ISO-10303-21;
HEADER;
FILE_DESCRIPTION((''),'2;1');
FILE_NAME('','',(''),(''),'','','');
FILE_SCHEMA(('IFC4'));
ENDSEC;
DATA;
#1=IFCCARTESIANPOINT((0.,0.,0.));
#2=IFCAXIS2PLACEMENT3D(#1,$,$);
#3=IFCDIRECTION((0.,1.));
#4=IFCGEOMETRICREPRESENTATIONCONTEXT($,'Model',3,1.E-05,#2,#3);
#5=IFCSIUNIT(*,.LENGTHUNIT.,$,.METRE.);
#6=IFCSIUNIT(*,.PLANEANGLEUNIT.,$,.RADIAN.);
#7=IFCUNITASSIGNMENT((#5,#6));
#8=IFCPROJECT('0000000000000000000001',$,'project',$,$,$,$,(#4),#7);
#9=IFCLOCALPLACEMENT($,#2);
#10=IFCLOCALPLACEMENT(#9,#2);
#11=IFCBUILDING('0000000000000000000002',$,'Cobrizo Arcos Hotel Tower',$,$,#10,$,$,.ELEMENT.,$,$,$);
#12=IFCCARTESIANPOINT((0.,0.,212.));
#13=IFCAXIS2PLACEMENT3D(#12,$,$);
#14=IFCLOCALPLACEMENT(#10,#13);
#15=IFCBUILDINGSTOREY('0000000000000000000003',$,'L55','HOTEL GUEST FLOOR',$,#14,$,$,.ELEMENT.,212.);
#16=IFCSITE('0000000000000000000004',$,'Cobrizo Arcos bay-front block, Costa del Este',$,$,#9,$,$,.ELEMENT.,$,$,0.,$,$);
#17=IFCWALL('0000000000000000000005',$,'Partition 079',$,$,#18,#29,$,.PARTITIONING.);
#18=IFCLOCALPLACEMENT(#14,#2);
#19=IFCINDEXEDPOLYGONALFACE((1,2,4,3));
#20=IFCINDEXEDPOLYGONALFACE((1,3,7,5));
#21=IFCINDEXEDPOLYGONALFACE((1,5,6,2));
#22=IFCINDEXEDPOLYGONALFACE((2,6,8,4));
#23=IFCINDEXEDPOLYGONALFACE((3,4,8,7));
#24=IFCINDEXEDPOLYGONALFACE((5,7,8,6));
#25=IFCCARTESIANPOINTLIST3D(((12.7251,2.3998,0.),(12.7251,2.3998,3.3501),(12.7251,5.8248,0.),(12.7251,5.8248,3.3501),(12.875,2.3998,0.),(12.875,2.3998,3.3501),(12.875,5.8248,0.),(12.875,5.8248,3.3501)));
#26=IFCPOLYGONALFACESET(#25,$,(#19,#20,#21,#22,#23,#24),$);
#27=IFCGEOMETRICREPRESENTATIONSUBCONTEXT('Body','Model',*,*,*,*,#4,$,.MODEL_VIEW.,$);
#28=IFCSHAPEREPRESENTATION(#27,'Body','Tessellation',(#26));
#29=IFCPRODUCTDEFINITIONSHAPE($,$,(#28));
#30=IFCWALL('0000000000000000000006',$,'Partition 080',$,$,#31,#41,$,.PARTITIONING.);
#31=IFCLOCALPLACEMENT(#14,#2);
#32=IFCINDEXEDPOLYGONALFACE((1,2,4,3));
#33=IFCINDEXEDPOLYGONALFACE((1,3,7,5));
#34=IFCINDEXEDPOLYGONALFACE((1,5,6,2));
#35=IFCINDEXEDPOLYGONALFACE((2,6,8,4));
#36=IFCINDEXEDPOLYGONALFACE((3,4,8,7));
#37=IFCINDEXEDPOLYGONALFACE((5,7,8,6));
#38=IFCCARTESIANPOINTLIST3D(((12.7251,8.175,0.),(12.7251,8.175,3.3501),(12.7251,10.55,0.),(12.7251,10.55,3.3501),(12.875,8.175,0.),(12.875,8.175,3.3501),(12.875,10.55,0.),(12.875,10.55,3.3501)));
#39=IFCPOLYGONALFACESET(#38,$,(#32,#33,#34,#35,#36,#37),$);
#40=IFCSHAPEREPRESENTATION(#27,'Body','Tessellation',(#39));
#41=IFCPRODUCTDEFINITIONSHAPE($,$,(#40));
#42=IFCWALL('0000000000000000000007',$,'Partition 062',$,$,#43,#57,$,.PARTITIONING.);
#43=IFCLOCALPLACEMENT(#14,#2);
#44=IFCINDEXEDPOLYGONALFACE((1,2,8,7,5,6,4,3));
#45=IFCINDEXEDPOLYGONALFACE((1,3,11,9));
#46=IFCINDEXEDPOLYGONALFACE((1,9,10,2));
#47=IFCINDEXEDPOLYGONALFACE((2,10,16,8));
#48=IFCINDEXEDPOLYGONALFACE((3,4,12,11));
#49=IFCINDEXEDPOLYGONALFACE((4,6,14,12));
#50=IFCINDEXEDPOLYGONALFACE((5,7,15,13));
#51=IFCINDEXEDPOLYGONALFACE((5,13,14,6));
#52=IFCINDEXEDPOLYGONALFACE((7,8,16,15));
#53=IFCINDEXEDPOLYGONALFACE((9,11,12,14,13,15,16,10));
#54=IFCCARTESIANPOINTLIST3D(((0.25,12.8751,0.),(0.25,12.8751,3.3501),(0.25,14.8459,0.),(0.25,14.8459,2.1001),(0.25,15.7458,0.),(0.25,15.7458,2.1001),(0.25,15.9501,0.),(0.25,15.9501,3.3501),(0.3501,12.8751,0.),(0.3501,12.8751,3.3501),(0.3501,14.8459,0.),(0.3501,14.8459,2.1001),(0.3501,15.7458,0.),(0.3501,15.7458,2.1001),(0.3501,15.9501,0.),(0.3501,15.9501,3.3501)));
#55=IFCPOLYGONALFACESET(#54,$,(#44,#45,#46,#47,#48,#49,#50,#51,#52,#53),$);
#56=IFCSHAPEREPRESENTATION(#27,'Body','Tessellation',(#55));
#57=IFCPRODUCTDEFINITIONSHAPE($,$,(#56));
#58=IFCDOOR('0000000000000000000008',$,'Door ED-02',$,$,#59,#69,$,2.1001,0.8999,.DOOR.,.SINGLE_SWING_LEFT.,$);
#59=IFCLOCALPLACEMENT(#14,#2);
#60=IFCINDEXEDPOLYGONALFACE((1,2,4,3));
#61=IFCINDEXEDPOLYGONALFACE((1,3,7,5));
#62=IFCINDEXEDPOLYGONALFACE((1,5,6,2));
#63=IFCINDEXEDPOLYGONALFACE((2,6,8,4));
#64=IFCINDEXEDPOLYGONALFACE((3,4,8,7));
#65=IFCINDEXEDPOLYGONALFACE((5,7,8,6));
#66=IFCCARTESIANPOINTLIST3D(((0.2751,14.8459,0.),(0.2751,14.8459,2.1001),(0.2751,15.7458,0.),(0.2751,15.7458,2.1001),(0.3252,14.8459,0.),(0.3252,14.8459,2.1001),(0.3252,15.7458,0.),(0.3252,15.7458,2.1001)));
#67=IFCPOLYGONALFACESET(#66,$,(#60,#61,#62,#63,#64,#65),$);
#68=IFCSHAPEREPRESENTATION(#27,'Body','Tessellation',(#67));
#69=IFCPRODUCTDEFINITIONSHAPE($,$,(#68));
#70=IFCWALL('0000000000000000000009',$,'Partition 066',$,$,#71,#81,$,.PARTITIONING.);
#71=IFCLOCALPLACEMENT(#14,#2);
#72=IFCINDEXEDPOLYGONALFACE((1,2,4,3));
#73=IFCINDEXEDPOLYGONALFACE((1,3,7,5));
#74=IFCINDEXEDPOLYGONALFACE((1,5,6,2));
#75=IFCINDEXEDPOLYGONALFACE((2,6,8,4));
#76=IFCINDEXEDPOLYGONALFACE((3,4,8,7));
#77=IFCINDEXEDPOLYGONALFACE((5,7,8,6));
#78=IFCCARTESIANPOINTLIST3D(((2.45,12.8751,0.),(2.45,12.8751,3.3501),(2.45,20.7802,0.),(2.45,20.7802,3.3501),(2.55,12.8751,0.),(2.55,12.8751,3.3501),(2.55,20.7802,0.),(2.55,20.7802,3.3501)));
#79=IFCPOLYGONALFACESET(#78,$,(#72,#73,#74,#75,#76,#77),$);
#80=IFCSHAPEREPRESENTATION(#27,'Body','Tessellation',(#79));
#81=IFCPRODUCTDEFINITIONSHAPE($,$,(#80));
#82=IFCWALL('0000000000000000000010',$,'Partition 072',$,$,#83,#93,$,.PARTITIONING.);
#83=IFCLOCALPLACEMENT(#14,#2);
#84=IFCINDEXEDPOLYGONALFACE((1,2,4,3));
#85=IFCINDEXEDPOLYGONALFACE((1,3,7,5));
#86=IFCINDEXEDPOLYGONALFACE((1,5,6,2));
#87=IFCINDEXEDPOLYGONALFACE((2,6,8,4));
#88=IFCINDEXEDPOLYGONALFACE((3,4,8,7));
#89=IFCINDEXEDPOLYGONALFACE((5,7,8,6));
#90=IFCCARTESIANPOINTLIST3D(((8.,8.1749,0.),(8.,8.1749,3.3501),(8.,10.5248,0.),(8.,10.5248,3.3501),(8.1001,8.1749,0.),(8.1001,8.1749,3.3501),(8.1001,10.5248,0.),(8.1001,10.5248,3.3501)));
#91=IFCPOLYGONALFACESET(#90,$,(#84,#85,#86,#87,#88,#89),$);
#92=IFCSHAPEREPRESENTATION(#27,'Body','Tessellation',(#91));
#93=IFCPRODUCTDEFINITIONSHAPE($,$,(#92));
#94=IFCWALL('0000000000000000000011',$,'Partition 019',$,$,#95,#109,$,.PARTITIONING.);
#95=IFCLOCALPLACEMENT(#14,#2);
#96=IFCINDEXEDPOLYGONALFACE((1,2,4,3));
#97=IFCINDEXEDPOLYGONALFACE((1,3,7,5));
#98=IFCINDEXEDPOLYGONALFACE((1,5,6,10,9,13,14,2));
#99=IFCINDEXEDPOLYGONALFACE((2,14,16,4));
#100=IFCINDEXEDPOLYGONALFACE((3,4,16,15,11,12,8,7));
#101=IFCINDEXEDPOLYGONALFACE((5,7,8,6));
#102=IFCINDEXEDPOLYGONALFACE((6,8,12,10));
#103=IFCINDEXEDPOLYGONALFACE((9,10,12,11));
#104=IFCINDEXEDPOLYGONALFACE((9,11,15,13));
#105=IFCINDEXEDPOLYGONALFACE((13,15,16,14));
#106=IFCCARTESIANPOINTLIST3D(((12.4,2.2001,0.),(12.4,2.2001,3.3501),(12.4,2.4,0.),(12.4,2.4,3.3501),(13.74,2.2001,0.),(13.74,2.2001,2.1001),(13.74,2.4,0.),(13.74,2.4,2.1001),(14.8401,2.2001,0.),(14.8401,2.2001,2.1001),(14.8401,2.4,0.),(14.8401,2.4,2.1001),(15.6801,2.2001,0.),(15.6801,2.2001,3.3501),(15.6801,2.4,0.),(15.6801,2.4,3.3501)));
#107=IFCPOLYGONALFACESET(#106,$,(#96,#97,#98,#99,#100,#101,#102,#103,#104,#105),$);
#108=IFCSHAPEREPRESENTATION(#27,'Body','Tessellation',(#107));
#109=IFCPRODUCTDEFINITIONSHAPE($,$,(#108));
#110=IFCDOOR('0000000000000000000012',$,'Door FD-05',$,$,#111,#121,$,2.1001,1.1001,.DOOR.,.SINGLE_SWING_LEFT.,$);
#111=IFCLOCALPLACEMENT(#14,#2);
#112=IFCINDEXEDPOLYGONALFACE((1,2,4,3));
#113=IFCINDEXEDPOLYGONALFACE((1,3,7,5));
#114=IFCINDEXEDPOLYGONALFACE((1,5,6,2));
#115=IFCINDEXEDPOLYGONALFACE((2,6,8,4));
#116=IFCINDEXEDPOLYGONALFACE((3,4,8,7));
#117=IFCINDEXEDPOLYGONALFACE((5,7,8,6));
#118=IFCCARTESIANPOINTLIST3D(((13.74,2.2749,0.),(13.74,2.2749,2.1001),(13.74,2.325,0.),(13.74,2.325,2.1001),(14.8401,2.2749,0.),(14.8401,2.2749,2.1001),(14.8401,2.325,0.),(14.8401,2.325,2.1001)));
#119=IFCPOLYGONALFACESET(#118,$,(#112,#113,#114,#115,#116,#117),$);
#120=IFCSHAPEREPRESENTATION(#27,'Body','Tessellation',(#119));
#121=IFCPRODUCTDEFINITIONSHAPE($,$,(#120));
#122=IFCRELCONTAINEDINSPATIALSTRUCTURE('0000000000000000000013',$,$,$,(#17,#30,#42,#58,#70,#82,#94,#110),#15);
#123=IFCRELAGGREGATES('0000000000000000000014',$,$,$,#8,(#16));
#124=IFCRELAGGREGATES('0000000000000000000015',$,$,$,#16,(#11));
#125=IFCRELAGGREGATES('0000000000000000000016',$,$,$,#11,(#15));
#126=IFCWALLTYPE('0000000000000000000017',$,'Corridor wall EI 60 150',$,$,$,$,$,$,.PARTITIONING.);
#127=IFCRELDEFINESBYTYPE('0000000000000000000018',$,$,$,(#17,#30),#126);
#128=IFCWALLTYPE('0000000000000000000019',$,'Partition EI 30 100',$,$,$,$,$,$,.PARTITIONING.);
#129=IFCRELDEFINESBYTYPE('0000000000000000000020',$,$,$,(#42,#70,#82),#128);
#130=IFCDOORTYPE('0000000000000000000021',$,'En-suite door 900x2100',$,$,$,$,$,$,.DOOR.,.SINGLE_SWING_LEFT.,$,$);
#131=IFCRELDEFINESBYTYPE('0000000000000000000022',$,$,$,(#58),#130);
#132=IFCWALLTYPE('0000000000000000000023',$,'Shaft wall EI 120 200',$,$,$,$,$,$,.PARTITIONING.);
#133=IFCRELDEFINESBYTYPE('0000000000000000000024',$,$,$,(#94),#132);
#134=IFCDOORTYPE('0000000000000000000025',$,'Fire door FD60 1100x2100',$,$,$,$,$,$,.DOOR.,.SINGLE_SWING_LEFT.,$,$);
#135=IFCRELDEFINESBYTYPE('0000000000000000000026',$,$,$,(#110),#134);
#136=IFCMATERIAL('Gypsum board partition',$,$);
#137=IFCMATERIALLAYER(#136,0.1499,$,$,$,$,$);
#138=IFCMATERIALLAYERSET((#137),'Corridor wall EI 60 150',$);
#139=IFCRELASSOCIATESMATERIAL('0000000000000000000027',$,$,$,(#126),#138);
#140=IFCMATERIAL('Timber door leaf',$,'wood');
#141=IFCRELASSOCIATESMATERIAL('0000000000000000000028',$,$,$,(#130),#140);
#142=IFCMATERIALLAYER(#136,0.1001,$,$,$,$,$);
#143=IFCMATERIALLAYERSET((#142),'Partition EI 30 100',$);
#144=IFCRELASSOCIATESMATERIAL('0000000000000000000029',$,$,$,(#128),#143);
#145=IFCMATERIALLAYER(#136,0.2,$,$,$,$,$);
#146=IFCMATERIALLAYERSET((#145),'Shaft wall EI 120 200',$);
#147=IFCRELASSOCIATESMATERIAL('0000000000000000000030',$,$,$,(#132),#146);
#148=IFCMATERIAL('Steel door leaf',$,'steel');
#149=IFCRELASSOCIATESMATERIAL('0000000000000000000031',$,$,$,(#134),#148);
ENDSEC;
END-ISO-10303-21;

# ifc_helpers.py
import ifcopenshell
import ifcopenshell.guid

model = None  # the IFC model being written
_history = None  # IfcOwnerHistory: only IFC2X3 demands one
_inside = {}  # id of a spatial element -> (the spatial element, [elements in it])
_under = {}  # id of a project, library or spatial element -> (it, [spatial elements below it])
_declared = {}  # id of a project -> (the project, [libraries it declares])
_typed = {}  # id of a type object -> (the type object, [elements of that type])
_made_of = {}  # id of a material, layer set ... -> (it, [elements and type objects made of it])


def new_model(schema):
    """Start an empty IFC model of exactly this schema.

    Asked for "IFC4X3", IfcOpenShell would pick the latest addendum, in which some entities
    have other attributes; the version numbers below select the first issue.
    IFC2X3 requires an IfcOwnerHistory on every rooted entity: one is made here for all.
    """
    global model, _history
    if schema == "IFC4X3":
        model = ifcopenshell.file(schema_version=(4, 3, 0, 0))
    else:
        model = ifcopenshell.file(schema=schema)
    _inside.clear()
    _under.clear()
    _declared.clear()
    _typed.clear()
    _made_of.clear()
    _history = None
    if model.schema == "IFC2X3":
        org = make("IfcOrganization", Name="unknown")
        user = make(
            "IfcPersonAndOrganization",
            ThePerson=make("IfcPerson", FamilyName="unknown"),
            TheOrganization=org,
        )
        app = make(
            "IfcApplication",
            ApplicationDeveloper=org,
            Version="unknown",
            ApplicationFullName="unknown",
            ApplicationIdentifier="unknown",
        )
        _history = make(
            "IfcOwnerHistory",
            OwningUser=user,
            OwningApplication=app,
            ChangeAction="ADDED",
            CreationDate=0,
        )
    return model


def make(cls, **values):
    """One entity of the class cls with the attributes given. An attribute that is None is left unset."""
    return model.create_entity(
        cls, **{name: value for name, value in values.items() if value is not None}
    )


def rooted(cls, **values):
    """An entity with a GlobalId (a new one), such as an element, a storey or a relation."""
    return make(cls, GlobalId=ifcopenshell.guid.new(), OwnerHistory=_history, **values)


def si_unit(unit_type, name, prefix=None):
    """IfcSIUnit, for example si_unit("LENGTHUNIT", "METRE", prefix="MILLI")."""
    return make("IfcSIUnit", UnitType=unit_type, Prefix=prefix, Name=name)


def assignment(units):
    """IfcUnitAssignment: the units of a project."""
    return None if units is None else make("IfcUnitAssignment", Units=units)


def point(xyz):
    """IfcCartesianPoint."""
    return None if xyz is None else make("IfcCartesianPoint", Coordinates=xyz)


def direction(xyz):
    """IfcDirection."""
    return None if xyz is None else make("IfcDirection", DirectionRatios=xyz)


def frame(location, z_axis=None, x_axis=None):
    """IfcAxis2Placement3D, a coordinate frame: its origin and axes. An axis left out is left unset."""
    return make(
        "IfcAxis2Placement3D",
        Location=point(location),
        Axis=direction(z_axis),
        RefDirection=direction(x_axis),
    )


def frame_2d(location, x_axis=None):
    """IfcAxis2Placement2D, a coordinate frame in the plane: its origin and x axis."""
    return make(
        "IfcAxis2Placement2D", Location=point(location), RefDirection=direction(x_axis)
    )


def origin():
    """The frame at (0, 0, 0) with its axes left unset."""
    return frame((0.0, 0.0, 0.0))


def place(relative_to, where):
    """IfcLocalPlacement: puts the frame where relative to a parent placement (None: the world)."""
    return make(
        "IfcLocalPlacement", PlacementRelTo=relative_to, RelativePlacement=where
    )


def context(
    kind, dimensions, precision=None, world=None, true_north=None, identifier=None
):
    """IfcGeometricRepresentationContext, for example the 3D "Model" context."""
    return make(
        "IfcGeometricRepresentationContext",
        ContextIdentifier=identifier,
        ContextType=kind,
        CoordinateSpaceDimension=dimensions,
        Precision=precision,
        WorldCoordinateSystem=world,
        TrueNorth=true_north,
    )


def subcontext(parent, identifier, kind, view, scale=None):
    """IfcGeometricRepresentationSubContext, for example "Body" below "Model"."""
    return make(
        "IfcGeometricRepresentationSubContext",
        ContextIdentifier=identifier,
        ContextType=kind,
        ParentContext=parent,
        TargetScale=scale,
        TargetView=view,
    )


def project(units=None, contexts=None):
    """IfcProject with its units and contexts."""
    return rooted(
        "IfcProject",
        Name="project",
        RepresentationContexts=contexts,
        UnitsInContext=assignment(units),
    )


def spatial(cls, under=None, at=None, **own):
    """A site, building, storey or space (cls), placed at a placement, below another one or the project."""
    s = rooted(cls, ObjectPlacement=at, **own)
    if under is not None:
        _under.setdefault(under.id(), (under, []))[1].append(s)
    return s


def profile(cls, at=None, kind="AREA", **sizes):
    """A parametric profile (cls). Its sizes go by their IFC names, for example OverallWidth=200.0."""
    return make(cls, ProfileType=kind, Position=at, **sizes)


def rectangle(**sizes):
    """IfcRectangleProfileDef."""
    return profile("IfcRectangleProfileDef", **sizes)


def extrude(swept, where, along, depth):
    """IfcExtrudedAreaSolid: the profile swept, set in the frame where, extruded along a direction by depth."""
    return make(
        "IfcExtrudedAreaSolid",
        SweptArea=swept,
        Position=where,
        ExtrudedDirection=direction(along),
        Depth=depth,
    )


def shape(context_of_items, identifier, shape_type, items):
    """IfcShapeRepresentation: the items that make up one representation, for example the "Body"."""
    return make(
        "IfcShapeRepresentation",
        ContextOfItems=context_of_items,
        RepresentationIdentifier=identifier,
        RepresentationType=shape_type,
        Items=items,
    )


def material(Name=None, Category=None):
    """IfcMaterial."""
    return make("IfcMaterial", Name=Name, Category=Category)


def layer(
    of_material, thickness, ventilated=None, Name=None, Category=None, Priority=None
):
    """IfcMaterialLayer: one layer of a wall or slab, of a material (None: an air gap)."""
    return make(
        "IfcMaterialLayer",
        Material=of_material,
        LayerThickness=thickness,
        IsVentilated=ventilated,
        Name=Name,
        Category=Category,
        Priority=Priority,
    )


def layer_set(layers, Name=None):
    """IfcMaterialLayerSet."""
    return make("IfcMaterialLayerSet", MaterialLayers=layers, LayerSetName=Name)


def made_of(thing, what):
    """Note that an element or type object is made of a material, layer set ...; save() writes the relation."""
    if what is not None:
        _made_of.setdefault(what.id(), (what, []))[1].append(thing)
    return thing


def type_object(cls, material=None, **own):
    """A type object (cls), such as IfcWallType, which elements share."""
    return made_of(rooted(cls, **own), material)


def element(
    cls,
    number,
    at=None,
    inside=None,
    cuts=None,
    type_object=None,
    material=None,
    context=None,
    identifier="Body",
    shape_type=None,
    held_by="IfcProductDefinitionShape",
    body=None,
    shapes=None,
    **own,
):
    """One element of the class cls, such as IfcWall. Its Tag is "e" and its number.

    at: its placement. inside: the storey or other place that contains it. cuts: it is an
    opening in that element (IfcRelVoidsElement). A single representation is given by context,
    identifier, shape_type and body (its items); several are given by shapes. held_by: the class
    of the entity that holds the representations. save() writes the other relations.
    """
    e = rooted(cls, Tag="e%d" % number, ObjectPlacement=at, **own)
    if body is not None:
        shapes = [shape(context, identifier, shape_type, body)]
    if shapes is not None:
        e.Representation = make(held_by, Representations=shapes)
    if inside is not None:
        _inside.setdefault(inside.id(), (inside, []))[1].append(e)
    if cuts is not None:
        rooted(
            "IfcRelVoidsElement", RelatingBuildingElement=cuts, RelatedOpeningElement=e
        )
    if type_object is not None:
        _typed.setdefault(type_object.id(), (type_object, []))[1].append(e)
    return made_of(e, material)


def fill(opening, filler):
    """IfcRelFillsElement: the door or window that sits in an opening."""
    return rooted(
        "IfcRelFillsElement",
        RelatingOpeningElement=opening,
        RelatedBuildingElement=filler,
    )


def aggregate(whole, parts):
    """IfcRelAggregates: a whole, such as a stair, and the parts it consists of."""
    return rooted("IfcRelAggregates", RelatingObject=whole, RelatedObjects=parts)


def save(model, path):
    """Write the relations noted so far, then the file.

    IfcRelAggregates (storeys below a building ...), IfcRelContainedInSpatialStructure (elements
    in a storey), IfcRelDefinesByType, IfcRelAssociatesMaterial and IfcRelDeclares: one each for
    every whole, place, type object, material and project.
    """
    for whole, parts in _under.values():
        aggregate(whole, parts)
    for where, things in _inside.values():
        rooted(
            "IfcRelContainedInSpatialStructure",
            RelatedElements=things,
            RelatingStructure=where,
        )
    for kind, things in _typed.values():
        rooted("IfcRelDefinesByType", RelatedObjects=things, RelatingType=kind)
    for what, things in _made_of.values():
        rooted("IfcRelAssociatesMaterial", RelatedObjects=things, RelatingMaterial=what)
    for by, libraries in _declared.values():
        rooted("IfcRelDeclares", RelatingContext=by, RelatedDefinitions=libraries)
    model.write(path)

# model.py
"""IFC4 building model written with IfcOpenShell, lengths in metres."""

from ifc_helpers import new_model, si_unit, direction, frame, frame_2d, origin, place, context, subcontext, project, spatial, rectangle, extrude, material, layer, layer_set, type_object, element, fill, save


model = new_model("IFC4")

# Units and contexts
model_context = context("Model", 3, precision=1e-05, world=origin(), true_north=direction((0.0, 1.0)))
body_context = subcontext(model_context, "Body", "Model", "MODEL_VIEW")
ifc_project = project(units=[si_unit("LENGTHUNIT", "METRE"), si_unit("PLANEANGLEUNIT", "RADIAN")], contexts=[model_context])

# Site, building, storey
site_placement = place(None, origin())
site = spatial("IfcSite", under=ifc_project, at=site_placement, Name="Cobrizo Arcos bay-front block, Costa del Este", CompositionType="ELEMENT", RefElevation=0.0)
building_placement = place(site_placement, origin())
building = spatial("IfcBuilding", under=site, at=building_placement, Name="Cobrizo Arcos Hotel Tower", CompositionType="ELEMENT")
storey_placement = place(building_placement, frame((0.0, 0.0, 212.0)))
storey = spatial("IfcBuildingStorey", under=building, at=storey_placement, Name="L55", Description="HOTEL GUEST FLOOR", CompositionType="ELEMENT", Elevation=212.0)

# Shared definitions
ifc_material_1 = material(Name="Gypsum board partition")
ifc_layer_1 = layer(ifc_material_1, 0.1499)
ifc_layer_set_1 = layer_set([ifc_layer_1], Name="Corridor wall EI 60 150")
wall_type_1 = type_object("IfcWallType", Name="Corridor wall EI 60 150", PredefinedType="PARTITIONING", material=ifc_layer_set_1)

# Shared definitions
ifc_material_2 = material(Name="Timber door leaf", Category="wood")
door_type_1 = type_object("IfcDoorType", Name="En-suite door 900x2100", OperationType="SINGLE_SWING_LEFT", PredefinedType="DOOR", material=ifc_material_2)

# Walls
wall_1_placement = place(storey_placement, frame((12.8, 2.3999, 0.0), z_axis=(0.0, 0.0, 1.0), x_axis=(0.0, 1.0, 0.0)))
element("IfcWall", 1, at=wall_1_placement, inside=storey, type_object=wall_type_1, Name="Partition 079", PredefinedType="PARTITIONING", context=body_context, shape_type="SweptSolid", body=[
    extrude(rectangle(XDim=3.425, YDim=0.1499, at=frame_2d((1.7124, 0.0))), origin(), (0.0, 0.0, 1.0), 3.3501),
])
wall_2_placement = place(storey_placement, frame((12.8, 8.175, 0.0), z_axis=(0.0, 0.0, 1.0), x_axis=(0.0, 1.0, 0.0)))
element("IfcWall", 2, at=wall_2_placement, inside=storey, type_object=wall_type_1, Name="Partition 080", PredefinedType="PARTITIONING", context=body_context, shape_type="SweptSolid", body=[
    extrude(rectangle(XDim=2.375, YDim=0.1499, at=frame_2d((1.1875, 0.0))), origin(), (0.0, 0.0, 1.0), 3.3501),
])

# Wall, opening, door
ifc_layer_2 = layer(ifc_material_1, 0.1001)
ifc_layer_set_2 = layer_set([ifc_layer_2], Name="Partition EI 30 100")
wall_type_2 = type_object("IfcWallType", Name="Partition EI 30 100", PredefinedType="PARTITIONING", material=ifc_layer_set_2)
wall_3_placement = place(storey_placement, frame((0.3, 12.875, 0.0), z_axis=(0.0, 0.0, 1.0), x_axis=(0.0, 1.0, 0.0)))
wall_3 = element("IfcWall", 3, at=wall_3_placement, inside=storey, type_object=wall_type_2, Name="Partition 062", PredefinedType="PARTITIONING", context=body_context, shape_type="SweptSolid", body=[
    extrude(rectangle(XDim=3.075, YDim=0.1001, at=frame_2d((1.5376, 0.0))), origin(), (0.0, 0.0, 1.0), 3.3501),
])
opening_1_placement = place(wall_3_placement, frame((1.9709, 0.0, 0.0)))
opening_1 = element("IfcOpeningElement", 4, at=opening_1_placement, cuts=wall_3, PredefinedType="OPENING", context=body_context, shape_type="SweptSolid", body=[
    extrude(rectangle(XDim=0.8999, YDim=2.1001, at=frame_2d((0.45, 1.05))), frame((0.0, 0.062, 0.0), z_axis=(0.0, -1.0, 0.0), x_axis=(1.0, 0.0, 0.0)), (0.0, 0.0, 1.0), 0.124),
])
door_1_placement = place(opening_1_placement, origin())
door_1 = element("IfcDoor", 5, at=door_1_placement, inside=storey, type_object=door_type_1, Name="Door ED-02", OperationType="SINGLE_SWING_LEFT", OverallHeight=2.1001, OverallWidth=0.8999, PredefinedType="DOOR", context=body_context, shape_type="SweptSolid", body=[
    extrude(rectangle(XDim=0.8999, YDim=2.1001, at=frame_2d((0.45, 1.05))), frame((0.0, 0.0249, 0.0), z_axis=(0.0, -1.0, 0.0), x_axis=(1.0, 0.0, 0.0)), (0.0, 0.0, 1.0), 0.05),
])
fill(opening_1, door_1)

# Walls
wall_4_placement = place(storey_placement, frame((2.5, 12.875, 0.0), z_axis=(0.0, 0.0, 1.0), x_axis=(0.0, 1.0, 0.0)))
element("IfcWall", 6, at=wall_4_placement, inside=storey, type_object=wall_type_2, Name="Partition 066", PredefinedType="PARTITIONING", context=body_context, shape_type="SweptSolid", body=[
    extrude(rectangle(XDim=7.905, YDim=0.1001, at=frame_2d((3.9526, 0.0))), origin(), (0.0, 0.0, 1.0), 3.3501),
])
wall_5_placement = place(storey_placement, frame((8.05, 8.175, 0.0), z_axis=(0.0, 0.0, 1.0), x_axis=(0.0, 1.0, 0.0)))
element("IfcWall", 7, at=wall_5_placement, inside=storey, type_object=wall_type_2, Name="Partition 072", PredefinedType="PARTITIONING", context=body_context, shape_type="SweptSolid", body=[
    extrude(rectangle(XDim=2.3499, YDim=0.1001, at=frame_2d((1.1748, 0.0))), origin(), (0.0, 0.0, 1.0), 3.3501),
])

# Wall, opening, door
ifc_layer_3 = layer(ifc_material_1, 0.2)
ifc_layer_set_3 = layer_set([ifc_layer_3], Name="Shaft wall EI 120 200")
wall_type_3 = type_object("IfcWallType", Name="Shaft wall EI 120 200", PredefinedType="PARTITIONING", material=ifc_layer_set_3)
wall_6_placement = place(storey_placement, frame((12.3999, 2.3, 0.0), z_axis=(0.0, 0.0, 1.0), x_axis=(1.0, 0.0, 0.0)))
wall_6 = element("IfcWall", 8, at=wall_6_placement, inside=storey, type_object=wall_type_3, Name="Partition 019", PredefinedType="PARTITIONING", context=body_context, shape_type="SweptSolid", body=[
    extrude(rectangle(XDim=3.28, YDim=0.2, at=frame_2d((1.6401, 0.0))), origin(), (0.0, 0.0, 1.0), 3.3501),
])
opening_2_placement = place(wall_6_placement, frame((1.3401, 0.0, 0.0)))
opening_2 = element("IfcOpeningElement", 9, at=opening_2_placement, cuts=wall_6, PredefinedType="OPENING", context=body_context, shape_type="SweptSolid", body=[
    extrude(rectangle(XDim=1.1001, YDim=2.1001, at=frame_2d((0.55, 1.05))), frame((0.0, 0.1121, 0.0), z_axis=(0.0, -1.0, 0.0), x_axis=(1.0, 0.0, 0.0)), (0.0, 0.0, 1.0), 0.2239),
])
ifc_material_3 = material(Name="Steel door leaf", Category="steel")
door_type_2 = type_object("IfcDoorType", Name="Fire door FD60 1100x2100", OperationType="SINGLE_SWING_LEFT", PredefinedType="DOOR", material=ifc_material_3)
door_2_placement = place(opening_2_placement, origin())
door_2 = element("IfcDoor", 10, at=door_2_placement, inside=storey, type_object=door_type_2, Name="Door FD-05", OperationType="SINGLE_SWING_LEFT", OverallHeight=2.1001, OverallWidth=1.1001, PredefinedType="DOOR", context=body_context, shape_type="SweptSolid", body=[
    extrude(rectangle(XDim=1.1001, YDim=2.1001, at=frame_2d((0.55, 1.05))), frame((0.0, 0.0249, 0.0), z_axis=(0.0, -1.0, 0.0), x_axis=(1.0, 0.0, 0.0)), (0.0, 0.0, 1.0), 0.05),
])
fill(opening_2, door_2)

save(model, "model.ifc")
